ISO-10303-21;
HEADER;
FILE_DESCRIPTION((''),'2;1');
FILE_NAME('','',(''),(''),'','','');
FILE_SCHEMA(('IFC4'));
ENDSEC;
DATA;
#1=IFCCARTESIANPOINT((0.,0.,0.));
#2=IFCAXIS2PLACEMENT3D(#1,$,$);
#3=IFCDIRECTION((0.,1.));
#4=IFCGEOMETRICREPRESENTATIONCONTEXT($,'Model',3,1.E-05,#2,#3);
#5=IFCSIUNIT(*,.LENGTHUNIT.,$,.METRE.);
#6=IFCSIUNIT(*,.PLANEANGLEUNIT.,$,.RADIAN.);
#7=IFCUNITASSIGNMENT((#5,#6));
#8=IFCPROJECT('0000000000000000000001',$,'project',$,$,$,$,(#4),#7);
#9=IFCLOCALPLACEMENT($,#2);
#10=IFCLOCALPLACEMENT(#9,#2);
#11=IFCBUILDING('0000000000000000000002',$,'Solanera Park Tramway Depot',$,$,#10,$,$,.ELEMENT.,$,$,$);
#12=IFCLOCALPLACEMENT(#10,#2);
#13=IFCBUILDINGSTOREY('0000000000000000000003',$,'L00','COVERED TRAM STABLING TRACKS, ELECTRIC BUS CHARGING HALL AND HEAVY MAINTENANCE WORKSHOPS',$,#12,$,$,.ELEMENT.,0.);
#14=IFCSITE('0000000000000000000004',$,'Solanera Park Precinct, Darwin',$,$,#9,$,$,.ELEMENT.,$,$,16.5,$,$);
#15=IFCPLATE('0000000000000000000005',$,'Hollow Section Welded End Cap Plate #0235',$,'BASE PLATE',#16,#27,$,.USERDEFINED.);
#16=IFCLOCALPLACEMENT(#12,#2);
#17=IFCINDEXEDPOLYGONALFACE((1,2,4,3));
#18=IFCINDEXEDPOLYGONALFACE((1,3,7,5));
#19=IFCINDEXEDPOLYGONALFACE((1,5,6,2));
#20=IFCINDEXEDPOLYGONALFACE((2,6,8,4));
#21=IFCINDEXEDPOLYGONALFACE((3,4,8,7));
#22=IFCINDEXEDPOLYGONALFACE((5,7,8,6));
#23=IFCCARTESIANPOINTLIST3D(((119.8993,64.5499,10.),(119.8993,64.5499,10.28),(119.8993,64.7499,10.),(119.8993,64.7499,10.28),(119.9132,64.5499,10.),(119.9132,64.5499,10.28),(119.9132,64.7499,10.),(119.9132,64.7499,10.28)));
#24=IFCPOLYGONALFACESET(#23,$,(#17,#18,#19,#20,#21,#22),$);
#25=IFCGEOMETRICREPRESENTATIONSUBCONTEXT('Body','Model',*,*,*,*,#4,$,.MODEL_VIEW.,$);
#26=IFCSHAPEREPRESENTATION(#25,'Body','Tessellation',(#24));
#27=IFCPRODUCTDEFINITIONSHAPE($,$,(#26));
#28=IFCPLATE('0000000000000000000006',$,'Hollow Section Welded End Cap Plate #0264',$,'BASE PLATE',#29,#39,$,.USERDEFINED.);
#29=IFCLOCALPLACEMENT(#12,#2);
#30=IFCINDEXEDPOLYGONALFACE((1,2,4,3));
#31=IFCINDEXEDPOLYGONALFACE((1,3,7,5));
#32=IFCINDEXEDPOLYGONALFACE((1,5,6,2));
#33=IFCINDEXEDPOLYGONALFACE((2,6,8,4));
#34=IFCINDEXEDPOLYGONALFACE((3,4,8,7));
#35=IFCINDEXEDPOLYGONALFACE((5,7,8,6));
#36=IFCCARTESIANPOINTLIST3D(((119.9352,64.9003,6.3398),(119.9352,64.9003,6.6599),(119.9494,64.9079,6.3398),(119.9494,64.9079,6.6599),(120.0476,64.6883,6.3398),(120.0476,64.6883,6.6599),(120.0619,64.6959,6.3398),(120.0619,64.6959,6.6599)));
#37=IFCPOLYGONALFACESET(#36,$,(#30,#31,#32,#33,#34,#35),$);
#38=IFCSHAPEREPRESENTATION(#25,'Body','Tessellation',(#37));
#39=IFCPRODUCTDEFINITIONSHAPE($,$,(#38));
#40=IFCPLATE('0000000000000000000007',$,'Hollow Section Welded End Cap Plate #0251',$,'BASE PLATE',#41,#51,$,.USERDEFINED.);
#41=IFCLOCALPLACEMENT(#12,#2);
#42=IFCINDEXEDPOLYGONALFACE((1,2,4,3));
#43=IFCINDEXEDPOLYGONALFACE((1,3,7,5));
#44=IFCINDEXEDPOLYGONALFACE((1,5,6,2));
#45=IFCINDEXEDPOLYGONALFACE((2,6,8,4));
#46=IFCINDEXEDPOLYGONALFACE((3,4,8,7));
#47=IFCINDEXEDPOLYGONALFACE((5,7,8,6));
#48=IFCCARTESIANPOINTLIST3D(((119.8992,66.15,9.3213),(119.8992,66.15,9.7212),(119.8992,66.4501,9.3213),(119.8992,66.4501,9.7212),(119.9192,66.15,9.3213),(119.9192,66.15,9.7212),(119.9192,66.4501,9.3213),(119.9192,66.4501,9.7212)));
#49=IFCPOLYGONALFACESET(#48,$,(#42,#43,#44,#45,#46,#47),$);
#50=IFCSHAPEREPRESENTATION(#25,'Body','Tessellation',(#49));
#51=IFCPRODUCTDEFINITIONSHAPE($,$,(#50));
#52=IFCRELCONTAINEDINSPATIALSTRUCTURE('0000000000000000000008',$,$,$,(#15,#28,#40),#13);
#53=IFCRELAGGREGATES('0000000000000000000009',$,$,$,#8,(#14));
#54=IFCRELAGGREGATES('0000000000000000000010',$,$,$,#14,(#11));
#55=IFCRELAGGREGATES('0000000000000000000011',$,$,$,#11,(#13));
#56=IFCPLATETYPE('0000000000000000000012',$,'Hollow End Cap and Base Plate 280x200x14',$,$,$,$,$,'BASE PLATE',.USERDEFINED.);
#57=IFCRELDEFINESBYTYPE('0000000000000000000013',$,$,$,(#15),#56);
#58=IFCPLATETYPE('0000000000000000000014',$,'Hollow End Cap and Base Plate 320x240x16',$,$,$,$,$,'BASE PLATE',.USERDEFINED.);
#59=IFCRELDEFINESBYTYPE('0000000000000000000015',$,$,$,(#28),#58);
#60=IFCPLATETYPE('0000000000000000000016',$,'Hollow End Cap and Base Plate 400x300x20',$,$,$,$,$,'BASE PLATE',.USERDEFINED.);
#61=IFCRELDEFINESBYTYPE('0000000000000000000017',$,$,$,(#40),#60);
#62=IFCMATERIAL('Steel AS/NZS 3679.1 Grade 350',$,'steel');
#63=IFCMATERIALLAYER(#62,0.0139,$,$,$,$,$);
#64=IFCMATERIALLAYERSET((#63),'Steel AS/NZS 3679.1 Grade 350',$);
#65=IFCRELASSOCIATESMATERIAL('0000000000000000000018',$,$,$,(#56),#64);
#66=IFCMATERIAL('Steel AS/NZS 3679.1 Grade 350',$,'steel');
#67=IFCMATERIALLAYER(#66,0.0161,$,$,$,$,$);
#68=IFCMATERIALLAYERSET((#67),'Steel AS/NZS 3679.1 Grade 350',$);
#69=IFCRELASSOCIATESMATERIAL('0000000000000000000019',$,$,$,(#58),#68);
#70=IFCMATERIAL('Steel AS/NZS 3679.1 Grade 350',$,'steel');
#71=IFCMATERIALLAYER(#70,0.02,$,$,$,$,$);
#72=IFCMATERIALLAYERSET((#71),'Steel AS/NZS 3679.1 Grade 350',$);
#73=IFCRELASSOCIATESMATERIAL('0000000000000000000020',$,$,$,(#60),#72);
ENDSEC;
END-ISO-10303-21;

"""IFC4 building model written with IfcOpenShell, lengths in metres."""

from ifc_helpers import new_model, si_unit, direction, frame, origin, origin_2d, place, context, subcontext, project, spatial, rectangle, extrude, material, layer, layer_set, type_object, element, save


model = new_model("IFC4")

# Units and contexts
model_context = context("Model", 3, precision=1e-05, world=origin(), true_north=direction((0.0, 1.0)))
body_context = subcontext(model_context, "Body", "Model", "MODEL_VIEW")
ifc_project = project(units=[si_unit("LENGTHUNIT", "METRE"), si_unit("PLANEANGLEUNIT", "RADIAN")], contexts=[model_context])

# Site, building, storey
site_placement = place(None, origin())
site = spatial("IfcSite", under=ifc_project, at=site_placement, Name="Solanera Park Precinct, Darwin", CompositionType="ELEMENT", RefElevation=16.5)
building_placement = place(site_placement, origin())
building = spatial("IfcBuilding", under=site, at=building_placement, Name="Solanera Park Tramway Depot", CompositionType="ELEMENT")
storey_placement = place(building_placement, origin())
storey = spatial("IfcBuildingStorey", under=building, at=storey_placement, Name="L00", Description="COVERED TRAM STABLING TRACKS, ELECTRIC BUS CHARGING HALL AND HEAVY MAINTENANCE WORKSHOPS", CompositionType="ELEMENT", Elevation=0.0)

# Plates
ifc_material_1 = material(Name="Steel AS/NZS 3679.1 Grade 350", Category="steel")
ifc_layer_1 = layer(ifc_material_1, 0.0139)
ifc_layer_set_1 = layer_set([ifc_layer_1], Name="Steel AS/NZS 3679.1 Grade 350")
plate_type_1 = type_object("IfcPlateType", Name="Hollow End Cap and Base Plate 280x200x14", ElementType="BASE PLATE", PredefinedType="USERDEFINED", material=ifc_layer_set_1)
plate_1_placement = place(storey_placement, frame((119.9062, 64.6499, 10.0), z_axis=(0.0, 0.0, 1.0), x_axis=(1.0, 0.0, 0.0)))
element("IfcPlate", 1, at=plate_1_placement, inside=storey, type_object=plate_type_1, Name="Hollow Section Welded End Cap Plate #0235", ObjectType="BASE PLATE", PredefinedType="USERDEFINED", context=body_context, shape_type="SweptSolid", body=[
    extrude(rectangle(XDim=0.0139, YDim=0.2, at=origin_2d()), origin(), (0.0, 0.0, 1.0), 0.28),
])
ifc_material_2 = material(Name="Steel AS/NZS 3679.1 Grade 350", Category="steel")
ifc_layer_2 = layer(ifc_material_2, 0.0161)
ifc_layer_set_2 = layer_set([ifc_layer_2], Name="Steel AS/NZS 3679.1 Grade 350")
plate_type_2 = type_object("IfcPlateType", Name="Hollow End Cap and Base Plate 320x240x16", ElementType="BASE PLATE", PredefinedType="USERDEFINED", material=ifc_layer_set_2)
plate_2_placement = place(storey_placement, frame((119.9985, 64.7981, 6.3398), z_axis=(0.0, 0.0, 1.0), x_axis=(0.883521, 0.468392, 0.0)))
element("IfcPlate", 2, at=plate_2_placement, inside=storey, type_object=plate_type_2, Name="Hollow Section Welded End Cap Plate #0264", ObjectType="BASE PLATE", PredefinedType="USERDEFINED", context=body_context, shape_type="SweptSolid", body=[
    extrude(rectangle(XDim=0.0161, YDim=0.24, at=origin_2d()), origin(), (0.0, 0.0, 1.0), 0.3201),
])
ifc_material_3 = material(Name="Steel AS/NZS 3679.1 Grade 350", Category="steel")
ifc_layer_3 = layer(ifc_material_3, 0.02)
ifc_layer_set_3 = layer_set([ifc_layer_3], Name="Steel AS/NZS 3679.1 Grade 350")
plate_type_3 = type_object("IfcPlateType", Name="Hollow End Cap and Base Plate 400x300x20", ElementType="BASE PLATE", PredefinedType="USERDEFINED", material=ifc_layer_set_3)
plate_3_placement = place(storey_placement, frame((119.9092, 66.3, 9.3213), z_axis=(0.0, 0.0, 1.0), x_axis=(1.0, 0.0, 0.0)))
element("IfcPlate", 3, at=plate_3_placement, inside=storey, type_object=plate_type_3, Name="Hollow Section Welded End Cap Plate #0251", ObjectType="BASE PLATE", PredefinedType="USERDEFINED", context=body_context, shape_type="SweptSolid", body=[
    extrude(rectangle(XDim=0.02, YDim=0.3, at=origin_2d()), origin(), (0.0, 0.0, 1.0), 0.3999),
])

save(model, "model.ifc")
